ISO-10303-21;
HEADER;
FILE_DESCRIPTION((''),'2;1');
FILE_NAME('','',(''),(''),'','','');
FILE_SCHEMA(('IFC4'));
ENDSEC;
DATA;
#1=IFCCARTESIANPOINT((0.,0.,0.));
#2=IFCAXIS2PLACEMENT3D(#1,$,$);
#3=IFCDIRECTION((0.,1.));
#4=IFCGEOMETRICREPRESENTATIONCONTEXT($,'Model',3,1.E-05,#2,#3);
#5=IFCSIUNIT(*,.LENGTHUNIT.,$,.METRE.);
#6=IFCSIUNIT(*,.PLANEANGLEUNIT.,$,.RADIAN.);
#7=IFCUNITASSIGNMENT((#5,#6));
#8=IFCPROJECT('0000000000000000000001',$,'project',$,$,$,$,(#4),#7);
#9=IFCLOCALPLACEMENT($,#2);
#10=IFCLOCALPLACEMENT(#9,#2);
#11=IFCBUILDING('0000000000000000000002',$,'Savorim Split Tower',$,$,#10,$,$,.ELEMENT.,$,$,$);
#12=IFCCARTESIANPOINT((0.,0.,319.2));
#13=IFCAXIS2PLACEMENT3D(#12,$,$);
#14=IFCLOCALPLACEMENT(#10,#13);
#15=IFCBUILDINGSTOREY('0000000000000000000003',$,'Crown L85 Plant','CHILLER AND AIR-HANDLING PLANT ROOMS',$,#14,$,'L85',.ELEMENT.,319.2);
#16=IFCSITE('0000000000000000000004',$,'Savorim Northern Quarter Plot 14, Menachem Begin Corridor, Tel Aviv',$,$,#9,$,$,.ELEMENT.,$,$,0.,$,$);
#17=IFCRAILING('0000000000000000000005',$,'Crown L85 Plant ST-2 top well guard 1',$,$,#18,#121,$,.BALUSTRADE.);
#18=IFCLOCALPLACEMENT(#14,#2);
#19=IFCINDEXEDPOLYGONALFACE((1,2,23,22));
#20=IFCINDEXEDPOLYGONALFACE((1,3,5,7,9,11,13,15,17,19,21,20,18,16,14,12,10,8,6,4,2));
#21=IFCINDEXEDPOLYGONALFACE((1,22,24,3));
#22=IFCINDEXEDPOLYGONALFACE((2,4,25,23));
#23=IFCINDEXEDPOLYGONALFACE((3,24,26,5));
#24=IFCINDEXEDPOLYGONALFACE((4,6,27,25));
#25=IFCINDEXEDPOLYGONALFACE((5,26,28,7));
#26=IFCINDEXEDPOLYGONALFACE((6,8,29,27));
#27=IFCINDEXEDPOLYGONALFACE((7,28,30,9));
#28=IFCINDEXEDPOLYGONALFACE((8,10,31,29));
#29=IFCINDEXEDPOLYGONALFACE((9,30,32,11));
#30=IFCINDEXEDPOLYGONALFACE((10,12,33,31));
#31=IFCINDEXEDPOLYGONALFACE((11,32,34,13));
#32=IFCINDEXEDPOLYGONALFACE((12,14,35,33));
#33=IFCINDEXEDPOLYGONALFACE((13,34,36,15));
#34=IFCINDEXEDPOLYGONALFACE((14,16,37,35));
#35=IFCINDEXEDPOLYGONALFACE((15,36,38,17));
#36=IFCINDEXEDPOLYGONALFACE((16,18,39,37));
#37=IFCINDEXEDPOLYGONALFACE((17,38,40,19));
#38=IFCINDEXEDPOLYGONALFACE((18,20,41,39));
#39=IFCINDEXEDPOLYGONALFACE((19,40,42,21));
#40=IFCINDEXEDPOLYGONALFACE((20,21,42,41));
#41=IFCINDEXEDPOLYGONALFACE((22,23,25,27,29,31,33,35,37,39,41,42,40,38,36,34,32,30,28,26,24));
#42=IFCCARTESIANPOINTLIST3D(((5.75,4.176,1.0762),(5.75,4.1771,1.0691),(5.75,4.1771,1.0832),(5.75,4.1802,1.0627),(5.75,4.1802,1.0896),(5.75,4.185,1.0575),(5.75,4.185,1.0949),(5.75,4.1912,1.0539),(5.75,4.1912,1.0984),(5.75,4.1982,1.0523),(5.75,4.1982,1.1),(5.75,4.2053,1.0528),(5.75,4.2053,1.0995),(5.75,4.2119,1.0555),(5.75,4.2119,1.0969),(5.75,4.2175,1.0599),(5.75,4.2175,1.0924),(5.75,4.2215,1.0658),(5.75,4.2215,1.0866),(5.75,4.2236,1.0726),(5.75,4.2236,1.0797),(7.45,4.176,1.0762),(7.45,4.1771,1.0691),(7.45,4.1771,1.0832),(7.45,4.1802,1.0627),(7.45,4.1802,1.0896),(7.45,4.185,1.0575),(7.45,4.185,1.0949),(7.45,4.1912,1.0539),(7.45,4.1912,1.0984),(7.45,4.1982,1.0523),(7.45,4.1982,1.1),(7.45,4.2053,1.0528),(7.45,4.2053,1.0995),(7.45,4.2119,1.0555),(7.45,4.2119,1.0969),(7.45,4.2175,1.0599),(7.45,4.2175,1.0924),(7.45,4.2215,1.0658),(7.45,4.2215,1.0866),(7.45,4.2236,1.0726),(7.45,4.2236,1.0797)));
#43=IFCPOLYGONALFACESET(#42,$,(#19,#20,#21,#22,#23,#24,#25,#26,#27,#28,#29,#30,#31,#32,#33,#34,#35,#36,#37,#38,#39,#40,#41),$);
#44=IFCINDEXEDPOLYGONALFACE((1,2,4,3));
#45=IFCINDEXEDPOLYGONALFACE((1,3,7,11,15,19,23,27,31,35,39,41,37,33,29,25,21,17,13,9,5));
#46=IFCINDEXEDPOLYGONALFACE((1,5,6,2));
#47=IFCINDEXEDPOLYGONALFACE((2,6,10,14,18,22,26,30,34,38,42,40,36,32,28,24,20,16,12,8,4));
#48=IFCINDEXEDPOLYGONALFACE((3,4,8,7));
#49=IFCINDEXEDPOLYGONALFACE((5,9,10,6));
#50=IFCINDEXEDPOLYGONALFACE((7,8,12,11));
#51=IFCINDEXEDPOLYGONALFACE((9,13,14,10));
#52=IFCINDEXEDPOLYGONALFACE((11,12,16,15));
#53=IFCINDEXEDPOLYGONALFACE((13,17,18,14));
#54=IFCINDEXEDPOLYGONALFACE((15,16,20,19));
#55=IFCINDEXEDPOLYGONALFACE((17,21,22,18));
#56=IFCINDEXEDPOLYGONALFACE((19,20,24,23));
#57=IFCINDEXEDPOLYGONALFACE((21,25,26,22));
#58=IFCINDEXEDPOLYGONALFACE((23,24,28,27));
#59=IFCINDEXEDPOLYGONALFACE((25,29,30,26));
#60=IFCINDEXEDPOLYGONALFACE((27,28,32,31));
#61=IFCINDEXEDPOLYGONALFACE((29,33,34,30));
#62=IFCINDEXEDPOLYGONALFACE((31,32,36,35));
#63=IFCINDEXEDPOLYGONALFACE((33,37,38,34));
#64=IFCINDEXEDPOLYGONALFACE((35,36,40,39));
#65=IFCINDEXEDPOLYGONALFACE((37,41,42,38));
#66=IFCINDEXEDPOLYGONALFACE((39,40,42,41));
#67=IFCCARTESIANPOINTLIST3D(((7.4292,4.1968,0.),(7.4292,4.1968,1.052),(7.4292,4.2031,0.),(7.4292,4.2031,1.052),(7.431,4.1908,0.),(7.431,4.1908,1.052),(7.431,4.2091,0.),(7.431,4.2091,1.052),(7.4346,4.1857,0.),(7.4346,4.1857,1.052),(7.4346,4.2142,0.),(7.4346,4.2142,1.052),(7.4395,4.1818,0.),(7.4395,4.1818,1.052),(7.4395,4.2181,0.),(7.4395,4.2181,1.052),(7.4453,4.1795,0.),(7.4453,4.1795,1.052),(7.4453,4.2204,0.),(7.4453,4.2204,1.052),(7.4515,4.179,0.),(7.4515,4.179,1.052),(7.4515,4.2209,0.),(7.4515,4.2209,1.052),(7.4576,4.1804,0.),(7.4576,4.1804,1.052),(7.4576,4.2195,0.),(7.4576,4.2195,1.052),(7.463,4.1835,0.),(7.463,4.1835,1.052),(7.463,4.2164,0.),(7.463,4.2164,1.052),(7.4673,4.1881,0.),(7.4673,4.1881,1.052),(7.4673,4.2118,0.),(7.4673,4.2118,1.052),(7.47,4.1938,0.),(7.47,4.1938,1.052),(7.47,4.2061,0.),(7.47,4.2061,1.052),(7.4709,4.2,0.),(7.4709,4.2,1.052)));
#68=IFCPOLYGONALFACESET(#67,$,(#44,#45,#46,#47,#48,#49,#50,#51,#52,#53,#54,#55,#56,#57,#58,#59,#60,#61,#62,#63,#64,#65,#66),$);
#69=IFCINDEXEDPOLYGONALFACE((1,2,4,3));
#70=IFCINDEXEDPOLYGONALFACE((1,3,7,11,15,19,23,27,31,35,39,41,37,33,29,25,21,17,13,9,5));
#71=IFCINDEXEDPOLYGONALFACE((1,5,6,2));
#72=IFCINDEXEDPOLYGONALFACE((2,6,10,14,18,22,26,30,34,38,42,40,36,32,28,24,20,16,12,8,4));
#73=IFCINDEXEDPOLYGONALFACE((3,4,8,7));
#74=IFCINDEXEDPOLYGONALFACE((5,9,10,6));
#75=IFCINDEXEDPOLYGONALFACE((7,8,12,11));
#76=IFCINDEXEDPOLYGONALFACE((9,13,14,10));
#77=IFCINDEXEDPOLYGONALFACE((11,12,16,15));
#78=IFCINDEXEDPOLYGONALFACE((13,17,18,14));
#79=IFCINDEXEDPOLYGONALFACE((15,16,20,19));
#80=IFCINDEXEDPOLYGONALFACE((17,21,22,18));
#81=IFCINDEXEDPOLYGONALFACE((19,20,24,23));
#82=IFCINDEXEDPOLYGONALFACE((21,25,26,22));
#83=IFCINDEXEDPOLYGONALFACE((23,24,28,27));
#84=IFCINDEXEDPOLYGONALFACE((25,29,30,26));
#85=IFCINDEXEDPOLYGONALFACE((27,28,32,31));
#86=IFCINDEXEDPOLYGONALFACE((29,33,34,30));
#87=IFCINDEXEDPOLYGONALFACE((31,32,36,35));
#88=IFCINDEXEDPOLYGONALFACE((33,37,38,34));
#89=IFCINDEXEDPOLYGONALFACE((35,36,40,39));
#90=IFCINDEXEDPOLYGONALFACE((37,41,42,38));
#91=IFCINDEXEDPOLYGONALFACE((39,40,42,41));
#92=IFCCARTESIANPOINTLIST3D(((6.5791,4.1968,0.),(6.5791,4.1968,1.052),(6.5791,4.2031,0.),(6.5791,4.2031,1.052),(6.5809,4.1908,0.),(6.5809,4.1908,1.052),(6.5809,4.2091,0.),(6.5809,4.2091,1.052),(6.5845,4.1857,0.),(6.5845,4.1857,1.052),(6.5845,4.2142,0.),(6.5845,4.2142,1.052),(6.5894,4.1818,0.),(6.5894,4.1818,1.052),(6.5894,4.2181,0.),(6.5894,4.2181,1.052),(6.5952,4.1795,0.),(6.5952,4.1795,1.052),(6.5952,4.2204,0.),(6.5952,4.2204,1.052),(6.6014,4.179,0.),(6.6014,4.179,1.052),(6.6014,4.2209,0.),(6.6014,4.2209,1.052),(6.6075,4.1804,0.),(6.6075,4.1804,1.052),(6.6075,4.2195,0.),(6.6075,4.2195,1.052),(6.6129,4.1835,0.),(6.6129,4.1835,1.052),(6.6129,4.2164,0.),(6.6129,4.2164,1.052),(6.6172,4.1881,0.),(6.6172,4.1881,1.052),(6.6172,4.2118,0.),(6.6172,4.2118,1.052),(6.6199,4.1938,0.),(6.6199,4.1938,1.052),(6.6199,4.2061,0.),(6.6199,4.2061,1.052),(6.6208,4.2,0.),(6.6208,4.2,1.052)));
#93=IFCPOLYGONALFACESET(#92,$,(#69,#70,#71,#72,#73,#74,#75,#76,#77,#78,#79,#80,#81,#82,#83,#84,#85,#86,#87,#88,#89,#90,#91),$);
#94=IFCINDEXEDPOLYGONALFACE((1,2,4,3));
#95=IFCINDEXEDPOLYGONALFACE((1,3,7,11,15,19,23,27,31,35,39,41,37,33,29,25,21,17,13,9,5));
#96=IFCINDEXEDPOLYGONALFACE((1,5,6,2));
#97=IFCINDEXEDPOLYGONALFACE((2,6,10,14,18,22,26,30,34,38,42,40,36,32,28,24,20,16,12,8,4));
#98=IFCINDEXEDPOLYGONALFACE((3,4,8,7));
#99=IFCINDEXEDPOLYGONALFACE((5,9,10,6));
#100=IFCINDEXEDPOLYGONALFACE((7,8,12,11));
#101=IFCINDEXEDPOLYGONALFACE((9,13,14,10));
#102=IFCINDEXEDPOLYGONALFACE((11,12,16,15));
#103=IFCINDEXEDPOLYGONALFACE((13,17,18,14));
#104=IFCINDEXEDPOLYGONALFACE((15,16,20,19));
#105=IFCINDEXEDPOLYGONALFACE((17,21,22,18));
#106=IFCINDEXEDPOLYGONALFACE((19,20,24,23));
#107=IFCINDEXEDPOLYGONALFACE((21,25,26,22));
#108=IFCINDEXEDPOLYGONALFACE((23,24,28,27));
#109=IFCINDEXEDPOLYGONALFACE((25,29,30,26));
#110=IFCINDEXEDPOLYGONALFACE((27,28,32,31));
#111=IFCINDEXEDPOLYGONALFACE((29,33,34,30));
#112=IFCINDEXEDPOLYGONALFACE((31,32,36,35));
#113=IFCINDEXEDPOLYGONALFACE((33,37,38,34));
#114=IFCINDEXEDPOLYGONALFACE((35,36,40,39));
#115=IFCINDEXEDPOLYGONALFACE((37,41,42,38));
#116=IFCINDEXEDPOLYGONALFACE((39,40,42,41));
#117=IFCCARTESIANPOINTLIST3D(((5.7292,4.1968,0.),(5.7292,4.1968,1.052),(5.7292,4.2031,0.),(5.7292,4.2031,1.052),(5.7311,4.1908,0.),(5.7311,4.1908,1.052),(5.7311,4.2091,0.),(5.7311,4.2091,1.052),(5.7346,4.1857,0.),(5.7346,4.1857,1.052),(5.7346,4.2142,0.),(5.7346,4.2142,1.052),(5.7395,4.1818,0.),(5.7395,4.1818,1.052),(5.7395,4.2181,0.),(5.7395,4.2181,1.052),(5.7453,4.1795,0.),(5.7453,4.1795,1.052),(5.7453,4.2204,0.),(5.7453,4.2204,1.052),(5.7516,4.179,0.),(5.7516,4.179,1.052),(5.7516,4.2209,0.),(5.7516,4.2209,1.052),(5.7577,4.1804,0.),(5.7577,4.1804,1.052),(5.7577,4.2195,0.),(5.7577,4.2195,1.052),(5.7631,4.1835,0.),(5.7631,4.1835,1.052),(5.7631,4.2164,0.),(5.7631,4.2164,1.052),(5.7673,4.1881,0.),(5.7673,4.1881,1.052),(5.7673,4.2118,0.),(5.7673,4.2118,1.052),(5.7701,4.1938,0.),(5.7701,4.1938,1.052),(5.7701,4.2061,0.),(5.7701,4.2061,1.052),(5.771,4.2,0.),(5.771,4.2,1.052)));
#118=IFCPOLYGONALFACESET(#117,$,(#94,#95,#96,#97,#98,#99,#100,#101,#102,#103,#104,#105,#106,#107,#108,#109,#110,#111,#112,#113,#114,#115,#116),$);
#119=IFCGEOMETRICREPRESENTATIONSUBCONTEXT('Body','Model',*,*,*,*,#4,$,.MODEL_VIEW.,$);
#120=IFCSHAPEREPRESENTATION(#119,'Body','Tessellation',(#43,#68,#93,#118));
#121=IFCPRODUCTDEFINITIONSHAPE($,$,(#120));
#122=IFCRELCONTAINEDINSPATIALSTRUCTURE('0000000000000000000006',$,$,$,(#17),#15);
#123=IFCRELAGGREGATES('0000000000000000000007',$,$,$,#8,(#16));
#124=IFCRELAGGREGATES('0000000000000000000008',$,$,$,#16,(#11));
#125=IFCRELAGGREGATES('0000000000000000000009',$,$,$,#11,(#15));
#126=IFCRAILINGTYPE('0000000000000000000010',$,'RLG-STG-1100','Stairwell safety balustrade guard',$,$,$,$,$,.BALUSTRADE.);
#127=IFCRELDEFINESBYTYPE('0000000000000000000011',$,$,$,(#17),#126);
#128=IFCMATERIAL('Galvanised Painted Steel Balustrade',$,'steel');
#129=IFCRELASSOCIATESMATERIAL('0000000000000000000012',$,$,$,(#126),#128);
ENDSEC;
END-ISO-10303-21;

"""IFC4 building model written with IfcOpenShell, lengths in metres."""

from ifc_helpers import new_model, si_unit, direction, frame, origin, origin_2d, place, context, subcontext, project, spatial, circle, extrude, material, type_object, element, save


model = new_model("IFC4")

# Units and contexts
model_context = context("Model", 3, precision=1e-05, world=origin(), true_north=direction((0.0, 1.0)))
body_context = subcontext(model_context, "Body", "Model", "MODEL_VIEW")
ifc_project = project(units=[si_unit("LENGTHUNIT", "METRE"), si_unit("PLANEANGLEUNIT", "RADIAN")], contexts=[model_context])

# Site, building, storey
site_placement = place(None, origin())
site = spatial("IfcSite", under=ifc_project, at=site_placement, Name="Savorim Northern Quarter Plot 14, Menachem Begin Corridor, Tel Aviv", CompositionType="ELEMENT", RefElevation=0.0)
building_placement = place(site_placement, origin())
building = spatial("IfcBuilding", under=site, at=building_placement, Name="Savorim Split Tower", CompositionType="ELEMENT")
storey_placement = place(building_placement, frame((0.0, 0.0, 319.2)))
storey = spatial("IfcBuildingStorey", under=building, at=storey_placement, Name="Crown L85 Plant", Description="CHILLER AND AIR-HANDLING PLANT ROOMS", LongName="L85", CompositionType="ELEMENT", Elevation=319.2)

# Railing
ifc_material_1 = material(Name="Galvanised Painted Steel Balustrade", Category="steel")
railing_type = type_object("IfcRailingType", Name="RLG-STG-1100", Description="Stairwell safety balustrade guard", PredefinedType="BALUSTRADE", material=ifc_material_1)
railing_placement = place(storey_placement, frame((7.45, 4.2, 0.0)))
element("IfcRailing", 1, at=railing_placement, inside=storey, type_object=railing_type, Name="Crown L85 Plant ST-2 top well guard 1", PredefinedType="BALUSTRADE", context=body_context, shape_type="SweptSolid", body=[
    extrude(circle(Radius=0.0239, at=origin_2d()), frame((0.0, 0.0, 1.0762), z_axis=(-1.0, 0.0, 0.0), x_axis=(0.0, -1.0, 0.0)), (0.0, 0.0, 1.0), 1.7),
    extrude(circle(Radius=0.021, at=origin_2d()), origin(), (0.0, 0.0, 1.0), 1.052),
    extrude(circle(Radius=0.021, at=origin_2d()), frame((-0.8501, 0.0, 0.0)), (0.0, 0.0, 1.0), 1.052),
    extrude(circle(Radius=0.021, at=origin_2d()), frame((-1.7, 0.0, 0.0)), (0.0, 0.0, 1.0), 1.052),
])

save(model, "model.ifc")
